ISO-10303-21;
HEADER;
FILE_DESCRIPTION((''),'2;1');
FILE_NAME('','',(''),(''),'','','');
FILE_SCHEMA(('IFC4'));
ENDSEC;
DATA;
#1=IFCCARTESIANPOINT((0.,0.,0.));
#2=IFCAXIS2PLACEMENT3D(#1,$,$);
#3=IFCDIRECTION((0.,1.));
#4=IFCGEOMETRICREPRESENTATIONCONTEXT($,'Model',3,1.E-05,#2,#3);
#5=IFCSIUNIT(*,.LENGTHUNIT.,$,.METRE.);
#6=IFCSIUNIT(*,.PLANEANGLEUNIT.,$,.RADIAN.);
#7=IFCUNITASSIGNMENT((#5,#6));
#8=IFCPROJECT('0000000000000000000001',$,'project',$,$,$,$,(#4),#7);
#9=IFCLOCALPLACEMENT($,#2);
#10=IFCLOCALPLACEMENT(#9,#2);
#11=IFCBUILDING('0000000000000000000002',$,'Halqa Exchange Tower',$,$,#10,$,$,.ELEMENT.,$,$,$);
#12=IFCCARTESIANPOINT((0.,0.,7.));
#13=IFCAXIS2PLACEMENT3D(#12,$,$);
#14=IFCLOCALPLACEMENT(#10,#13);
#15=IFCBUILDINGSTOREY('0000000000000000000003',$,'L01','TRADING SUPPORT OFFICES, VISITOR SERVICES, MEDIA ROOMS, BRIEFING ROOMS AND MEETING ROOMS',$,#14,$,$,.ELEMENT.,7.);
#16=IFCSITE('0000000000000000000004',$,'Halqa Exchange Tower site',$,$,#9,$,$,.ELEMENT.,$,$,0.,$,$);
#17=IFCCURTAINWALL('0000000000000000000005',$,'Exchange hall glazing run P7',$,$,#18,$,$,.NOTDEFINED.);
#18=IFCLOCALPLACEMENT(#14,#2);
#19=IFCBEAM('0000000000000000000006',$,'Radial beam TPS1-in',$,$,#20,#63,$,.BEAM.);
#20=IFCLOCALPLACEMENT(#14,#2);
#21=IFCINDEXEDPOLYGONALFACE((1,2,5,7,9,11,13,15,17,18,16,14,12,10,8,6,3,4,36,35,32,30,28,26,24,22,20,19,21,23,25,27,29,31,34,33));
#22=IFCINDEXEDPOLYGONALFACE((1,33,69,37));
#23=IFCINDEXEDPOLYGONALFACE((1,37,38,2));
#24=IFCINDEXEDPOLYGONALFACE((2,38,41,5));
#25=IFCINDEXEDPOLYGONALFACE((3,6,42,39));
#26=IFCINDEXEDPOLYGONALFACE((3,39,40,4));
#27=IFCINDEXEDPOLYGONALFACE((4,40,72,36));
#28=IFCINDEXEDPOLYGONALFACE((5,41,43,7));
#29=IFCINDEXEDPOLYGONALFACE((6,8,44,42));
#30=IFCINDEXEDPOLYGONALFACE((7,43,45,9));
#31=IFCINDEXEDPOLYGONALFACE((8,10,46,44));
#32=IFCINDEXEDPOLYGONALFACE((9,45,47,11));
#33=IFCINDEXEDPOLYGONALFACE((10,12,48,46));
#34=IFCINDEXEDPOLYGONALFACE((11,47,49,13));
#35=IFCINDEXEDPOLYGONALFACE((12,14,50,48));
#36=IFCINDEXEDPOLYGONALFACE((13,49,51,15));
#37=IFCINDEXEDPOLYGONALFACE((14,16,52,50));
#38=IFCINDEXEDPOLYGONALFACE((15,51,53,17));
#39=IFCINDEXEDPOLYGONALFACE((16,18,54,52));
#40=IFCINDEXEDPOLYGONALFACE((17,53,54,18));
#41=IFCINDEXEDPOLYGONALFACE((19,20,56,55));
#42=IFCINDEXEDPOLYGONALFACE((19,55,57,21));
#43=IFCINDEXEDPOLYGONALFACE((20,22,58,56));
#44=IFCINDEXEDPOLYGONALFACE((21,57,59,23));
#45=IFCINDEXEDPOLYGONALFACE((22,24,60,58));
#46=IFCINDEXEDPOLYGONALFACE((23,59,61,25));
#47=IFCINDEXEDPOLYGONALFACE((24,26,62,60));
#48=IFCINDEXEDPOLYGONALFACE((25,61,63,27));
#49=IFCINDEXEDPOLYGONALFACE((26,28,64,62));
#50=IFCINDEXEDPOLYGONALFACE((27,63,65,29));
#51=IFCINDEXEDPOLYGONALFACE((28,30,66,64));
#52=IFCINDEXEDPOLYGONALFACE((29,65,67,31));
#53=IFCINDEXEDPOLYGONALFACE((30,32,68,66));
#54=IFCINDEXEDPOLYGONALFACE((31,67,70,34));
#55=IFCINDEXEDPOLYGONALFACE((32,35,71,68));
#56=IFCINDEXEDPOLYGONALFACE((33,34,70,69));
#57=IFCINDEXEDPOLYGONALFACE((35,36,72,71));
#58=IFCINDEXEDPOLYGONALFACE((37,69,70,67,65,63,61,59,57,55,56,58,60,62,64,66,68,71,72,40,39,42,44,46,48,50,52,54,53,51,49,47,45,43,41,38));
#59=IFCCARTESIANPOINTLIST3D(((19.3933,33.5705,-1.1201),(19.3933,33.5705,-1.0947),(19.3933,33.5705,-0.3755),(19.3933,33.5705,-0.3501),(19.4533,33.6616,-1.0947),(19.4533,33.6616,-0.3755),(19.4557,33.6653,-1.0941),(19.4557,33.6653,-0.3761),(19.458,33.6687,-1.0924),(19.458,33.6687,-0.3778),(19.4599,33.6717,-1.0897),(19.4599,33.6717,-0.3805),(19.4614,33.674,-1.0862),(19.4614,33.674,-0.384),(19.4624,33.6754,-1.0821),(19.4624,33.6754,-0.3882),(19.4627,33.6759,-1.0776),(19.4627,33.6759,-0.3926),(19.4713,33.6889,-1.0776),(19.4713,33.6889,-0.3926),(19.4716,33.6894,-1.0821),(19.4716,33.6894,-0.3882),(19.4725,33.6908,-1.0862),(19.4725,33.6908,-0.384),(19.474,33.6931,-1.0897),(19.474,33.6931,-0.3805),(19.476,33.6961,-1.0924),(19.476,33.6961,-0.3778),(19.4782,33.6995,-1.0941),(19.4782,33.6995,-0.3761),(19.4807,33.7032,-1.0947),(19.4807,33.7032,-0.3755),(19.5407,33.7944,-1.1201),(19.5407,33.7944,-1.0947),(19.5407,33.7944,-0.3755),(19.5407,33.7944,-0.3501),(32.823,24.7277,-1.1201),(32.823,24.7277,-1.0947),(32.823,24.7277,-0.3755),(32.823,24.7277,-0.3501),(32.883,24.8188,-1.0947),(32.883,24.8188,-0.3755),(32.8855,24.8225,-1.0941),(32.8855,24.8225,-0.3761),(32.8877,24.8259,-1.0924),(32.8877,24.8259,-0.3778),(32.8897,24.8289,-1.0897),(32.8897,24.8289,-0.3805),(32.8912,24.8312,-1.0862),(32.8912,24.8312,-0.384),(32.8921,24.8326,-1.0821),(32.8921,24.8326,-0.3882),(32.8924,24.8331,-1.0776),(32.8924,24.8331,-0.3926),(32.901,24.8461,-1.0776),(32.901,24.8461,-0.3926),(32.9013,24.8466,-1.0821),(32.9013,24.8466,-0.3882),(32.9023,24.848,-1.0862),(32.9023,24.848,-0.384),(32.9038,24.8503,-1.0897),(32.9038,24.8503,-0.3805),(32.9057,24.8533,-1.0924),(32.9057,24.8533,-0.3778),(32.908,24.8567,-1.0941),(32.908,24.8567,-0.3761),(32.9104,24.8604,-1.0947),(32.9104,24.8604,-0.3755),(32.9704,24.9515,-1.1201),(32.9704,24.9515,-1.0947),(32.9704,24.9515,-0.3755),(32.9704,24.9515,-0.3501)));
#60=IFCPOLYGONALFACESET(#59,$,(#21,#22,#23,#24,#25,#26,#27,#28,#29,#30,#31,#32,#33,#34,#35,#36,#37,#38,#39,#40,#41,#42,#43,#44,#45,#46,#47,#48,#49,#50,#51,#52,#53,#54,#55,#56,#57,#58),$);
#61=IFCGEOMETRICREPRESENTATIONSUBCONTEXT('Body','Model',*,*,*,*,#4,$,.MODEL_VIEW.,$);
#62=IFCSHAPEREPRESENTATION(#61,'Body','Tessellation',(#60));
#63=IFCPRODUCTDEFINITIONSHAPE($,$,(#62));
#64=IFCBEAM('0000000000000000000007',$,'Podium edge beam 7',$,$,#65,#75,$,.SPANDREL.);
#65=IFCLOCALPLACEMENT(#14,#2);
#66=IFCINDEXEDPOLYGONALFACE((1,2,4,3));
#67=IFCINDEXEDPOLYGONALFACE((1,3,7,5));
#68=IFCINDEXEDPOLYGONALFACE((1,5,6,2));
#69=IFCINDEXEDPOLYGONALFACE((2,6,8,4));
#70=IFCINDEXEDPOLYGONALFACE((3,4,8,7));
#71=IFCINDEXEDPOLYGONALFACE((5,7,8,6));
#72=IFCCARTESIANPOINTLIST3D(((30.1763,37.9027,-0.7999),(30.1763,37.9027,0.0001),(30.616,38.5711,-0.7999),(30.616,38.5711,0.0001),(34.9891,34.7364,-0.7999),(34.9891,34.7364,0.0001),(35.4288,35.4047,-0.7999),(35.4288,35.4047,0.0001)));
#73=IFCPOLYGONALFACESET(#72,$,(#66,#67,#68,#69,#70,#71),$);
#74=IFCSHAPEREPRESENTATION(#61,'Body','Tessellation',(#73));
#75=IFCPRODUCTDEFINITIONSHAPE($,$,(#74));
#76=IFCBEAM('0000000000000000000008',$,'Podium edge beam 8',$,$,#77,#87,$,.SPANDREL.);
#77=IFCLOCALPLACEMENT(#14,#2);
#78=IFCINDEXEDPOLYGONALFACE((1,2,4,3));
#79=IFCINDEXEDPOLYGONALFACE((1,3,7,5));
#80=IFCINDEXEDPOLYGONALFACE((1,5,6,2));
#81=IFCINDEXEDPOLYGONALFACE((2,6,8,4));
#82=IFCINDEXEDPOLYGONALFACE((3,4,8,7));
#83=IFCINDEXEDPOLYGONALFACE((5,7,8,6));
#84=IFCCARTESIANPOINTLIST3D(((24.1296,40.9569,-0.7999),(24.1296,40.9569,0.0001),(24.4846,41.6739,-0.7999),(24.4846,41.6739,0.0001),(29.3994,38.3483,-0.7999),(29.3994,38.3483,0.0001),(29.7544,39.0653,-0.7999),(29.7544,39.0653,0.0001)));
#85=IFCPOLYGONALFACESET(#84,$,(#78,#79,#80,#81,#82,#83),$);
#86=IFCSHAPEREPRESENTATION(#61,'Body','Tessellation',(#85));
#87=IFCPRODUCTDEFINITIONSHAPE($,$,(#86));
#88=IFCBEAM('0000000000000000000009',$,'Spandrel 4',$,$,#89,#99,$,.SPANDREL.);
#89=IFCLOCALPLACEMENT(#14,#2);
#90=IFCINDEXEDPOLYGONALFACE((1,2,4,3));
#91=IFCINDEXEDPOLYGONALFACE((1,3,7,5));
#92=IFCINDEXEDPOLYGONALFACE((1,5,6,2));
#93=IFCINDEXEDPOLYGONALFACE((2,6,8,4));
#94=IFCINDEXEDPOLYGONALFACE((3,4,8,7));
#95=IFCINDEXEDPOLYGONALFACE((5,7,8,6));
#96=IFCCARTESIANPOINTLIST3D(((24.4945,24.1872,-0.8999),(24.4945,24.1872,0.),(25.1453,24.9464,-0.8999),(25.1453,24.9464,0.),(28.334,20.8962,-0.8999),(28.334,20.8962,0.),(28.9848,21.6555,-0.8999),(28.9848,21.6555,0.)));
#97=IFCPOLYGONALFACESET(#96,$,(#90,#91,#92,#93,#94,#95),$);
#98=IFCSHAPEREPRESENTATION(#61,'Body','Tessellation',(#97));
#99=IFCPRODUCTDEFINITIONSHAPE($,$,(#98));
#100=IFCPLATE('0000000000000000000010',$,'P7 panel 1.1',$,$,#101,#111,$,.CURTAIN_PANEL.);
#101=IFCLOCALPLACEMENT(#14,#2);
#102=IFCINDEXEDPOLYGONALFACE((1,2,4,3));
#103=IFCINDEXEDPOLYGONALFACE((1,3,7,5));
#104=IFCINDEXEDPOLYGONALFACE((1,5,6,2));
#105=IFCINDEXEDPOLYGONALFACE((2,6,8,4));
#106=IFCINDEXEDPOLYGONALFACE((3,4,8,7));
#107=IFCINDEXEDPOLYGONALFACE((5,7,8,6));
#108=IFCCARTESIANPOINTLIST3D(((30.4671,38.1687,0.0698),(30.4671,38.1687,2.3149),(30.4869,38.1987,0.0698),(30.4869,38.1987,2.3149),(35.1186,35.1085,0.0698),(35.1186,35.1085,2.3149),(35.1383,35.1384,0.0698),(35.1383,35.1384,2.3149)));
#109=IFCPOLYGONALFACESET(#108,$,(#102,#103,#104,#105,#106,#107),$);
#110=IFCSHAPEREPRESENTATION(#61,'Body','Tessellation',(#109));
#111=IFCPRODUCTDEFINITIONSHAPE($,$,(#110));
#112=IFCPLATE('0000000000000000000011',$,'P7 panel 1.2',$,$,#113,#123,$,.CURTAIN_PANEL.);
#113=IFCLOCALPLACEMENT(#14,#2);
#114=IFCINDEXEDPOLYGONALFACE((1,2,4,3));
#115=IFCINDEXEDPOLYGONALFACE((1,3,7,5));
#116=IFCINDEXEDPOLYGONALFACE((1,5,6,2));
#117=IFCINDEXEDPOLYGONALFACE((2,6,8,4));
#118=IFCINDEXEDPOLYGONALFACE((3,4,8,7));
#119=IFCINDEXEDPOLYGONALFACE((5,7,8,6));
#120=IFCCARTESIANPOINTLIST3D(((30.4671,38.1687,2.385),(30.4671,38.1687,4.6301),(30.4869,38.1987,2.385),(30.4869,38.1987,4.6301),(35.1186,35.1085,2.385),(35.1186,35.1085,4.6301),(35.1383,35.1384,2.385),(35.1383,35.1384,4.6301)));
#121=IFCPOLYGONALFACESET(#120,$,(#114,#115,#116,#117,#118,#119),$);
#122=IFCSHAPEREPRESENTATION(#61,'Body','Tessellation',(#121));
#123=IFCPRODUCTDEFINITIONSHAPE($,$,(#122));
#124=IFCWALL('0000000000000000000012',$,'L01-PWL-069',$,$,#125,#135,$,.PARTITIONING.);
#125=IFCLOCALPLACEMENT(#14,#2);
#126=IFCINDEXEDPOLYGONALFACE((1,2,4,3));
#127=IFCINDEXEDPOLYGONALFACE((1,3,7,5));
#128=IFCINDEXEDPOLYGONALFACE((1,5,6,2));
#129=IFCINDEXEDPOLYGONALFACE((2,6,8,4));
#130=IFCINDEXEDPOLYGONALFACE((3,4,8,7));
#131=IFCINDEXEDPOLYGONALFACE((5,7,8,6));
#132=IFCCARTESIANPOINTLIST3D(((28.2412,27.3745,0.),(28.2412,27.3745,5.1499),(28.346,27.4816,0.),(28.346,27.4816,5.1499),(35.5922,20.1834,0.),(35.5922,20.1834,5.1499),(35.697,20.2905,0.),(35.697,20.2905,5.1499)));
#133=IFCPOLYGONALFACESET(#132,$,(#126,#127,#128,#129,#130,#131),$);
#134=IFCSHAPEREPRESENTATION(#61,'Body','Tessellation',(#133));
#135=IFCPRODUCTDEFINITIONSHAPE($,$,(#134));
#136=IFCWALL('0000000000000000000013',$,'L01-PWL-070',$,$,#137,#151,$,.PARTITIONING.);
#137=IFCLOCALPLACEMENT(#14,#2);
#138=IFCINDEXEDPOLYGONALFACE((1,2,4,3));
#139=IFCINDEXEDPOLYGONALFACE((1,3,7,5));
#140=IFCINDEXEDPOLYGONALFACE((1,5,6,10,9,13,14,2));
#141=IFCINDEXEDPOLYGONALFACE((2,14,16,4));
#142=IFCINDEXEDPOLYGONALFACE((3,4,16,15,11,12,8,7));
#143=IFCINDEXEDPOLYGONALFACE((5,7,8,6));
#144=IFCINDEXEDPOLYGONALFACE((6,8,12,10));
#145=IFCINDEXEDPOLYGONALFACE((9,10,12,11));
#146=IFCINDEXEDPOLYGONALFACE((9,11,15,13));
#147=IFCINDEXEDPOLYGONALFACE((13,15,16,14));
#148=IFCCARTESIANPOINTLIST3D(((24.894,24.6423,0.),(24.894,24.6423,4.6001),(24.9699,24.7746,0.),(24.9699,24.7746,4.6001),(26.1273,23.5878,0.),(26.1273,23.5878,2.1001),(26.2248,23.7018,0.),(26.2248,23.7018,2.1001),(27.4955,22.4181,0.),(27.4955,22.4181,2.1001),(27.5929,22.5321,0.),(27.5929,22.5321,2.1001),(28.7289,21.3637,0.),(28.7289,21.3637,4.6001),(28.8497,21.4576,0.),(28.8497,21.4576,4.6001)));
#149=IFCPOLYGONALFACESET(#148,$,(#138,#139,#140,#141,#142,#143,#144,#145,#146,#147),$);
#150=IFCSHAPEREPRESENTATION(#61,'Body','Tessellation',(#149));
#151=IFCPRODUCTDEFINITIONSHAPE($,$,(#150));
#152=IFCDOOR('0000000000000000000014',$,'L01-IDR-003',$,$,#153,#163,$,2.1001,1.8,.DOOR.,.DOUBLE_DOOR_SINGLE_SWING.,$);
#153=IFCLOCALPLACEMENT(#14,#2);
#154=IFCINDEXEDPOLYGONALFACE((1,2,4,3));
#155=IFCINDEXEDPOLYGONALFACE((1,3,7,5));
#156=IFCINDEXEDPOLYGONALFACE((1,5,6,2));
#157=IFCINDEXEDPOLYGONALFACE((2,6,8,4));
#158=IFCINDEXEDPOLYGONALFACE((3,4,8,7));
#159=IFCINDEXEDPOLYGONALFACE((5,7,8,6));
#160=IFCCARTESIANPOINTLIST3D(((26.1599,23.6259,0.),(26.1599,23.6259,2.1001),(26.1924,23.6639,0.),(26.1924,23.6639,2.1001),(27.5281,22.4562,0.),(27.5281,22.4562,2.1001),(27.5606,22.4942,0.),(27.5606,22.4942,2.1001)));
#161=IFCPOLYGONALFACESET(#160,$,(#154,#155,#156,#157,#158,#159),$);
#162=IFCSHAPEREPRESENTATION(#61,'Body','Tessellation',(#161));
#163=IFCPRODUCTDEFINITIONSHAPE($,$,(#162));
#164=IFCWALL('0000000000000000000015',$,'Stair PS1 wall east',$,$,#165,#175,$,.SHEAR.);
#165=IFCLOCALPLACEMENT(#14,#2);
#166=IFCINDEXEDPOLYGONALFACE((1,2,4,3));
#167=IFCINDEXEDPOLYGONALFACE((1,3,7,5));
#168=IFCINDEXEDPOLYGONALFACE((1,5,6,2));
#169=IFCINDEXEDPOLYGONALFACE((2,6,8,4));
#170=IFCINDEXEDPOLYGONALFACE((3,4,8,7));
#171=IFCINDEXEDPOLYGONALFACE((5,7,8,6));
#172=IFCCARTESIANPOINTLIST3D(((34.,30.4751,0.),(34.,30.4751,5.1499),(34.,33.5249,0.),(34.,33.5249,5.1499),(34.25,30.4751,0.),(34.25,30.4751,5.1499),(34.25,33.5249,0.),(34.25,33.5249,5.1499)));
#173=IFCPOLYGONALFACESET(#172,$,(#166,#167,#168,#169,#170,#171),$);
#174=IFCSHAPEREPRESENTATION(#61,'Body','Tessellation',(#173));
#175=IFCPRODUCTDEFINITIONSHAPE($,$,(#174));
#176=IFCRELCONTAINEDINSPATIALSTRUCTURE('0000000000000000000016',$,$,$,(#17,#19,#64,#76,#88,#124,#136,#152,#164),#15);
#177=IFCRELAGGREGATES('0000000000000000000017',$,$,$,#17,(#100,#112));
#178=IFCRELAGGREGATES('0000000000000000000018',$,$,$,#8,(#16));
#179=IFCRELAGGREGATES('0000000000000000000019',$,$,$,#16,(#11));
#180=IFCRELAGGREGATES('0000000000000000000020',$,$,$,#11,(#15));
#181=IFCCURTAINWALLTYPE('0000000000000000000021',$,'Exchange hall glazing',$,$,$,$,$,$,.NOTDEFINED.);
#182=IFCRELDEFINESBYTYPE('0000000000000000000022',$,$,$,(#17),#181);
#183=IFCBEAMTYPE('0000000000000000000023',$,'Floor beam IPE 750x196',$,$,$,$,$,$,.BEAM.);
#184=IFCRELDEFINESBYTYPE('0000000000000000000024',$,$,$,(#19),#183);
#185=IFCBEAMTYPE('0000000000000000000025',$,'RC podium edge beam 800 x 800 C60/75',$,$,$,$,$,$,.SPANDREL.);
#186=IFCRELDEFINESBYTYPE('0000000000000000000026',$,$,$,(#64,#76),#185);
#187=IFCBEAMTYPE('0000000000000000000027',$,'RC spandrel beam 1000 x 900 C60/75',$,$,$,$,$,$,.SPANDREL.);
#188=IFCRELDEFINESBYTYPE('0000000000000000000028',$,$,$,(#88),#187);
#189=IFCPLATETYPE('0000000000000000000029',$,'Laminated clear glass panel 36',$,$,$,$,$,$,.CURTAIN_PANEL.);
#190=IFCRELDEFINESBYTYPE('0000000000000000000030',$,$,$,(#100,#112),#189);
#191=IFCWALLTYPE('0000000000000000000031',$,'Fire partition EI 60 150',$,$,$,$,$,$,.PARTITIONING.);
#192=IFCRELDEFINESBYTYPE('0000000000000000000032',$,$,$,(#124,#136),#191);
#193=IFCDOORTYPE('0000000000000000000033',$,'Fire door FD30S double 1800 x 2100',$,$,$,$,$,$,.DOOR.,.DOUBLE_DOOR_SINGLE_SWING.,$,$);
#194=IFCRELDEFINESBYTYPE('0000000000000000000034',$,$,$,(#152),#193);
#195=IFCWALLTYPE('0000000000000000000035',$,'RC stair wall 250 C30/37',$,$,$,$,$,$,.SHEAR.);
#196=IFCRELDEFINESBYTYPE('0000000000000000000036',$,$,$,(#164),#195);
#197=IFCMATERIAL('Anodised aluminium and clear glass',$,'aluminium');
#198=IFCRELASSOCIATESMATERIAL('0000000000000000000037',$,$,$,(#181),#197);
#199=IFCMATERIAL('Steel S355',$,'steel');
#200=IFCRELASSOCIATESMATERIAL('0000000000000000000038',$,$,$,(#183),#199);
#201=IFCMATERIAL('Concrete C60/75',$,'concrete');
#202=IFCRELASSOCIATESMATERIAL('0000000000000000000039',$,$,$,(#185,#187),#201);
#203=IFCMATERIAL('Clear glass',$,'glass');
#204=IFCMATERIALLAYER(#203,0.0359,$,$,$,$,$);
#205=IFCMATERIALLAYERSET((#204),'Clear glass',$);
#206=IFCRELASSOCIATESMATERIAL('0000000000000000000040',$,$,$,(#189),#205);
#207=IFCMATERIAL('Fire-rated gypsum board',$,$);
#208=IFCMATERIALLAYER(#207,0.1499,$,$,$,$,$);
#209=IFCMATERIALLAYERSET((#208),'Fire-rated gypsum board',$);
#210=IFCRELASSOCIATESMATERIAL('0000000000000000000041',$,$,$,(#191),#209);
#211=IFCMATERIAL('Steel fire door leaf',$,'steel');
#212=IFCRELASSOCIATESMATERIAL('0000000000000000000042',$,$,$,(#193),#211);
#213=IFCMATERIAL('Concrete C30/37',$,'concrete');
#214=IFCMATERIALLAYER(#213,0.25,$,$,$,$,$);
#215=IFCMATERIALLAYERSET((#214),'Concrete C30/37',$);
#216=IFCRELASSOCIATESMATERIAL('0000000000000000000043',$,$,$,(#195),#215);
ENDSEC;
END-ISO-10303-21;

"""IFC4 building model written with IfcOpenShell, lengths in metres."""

from ifc_helpers import new_model, si_unit, direction, frame, frame_2d, origin, origin_2d, place, context, subcontext, project, spatial, polyline, rectangle, i_section, outline, extrude, material, layer, layer_set, material_profile, profile_set, type_object, element, fill, aggregate, save


model = new_model("IFC4")

# Units and contexts
model_context = context("Model", 3, precision=1e-05, world=origin(), true_north=direction((0.0, 1.0)))
body_context = subcontext(model_context, "Body", "Model", "MODEL_VIEW")
ifc_project = project(units=[si_unit("LENGTHUNIT", "METRE"), si_unit("PLANEANGLEUNIT", "RADIAN")], contexts=[model_context])

# Site, building, storey
site_placement = place(None, origin())
site = spatial("IfcSite", under=ifc_project, at=site_placement, Name="Halqa Exchange Tower site", CompositionType="ELEMENT", RefElevation=0.0)
building_placement = place(site_placement, origin())
building = spatial("IfcBuilding", under=site, at=building_placement, Name="Halqa Exchange Tower", CompositionType="ELEMENT")
storey_placement = place(building_placement, frame((0.0, 0.0, 7.0)))
storey = spatial("IfcBuildingStorey", under=building, at=storey_placement, Name="L01", Description="TRADING SUPPORT OFFICES, VISITOR SERVICES, MEDIA ROOMS, BRIEFING ROOMS AND MEETING ROOMS", CompositionType="ELEMENT", Elevation=7.0)

# Shared definitions
ifc_material_1 = material(Name="Concrete C60/75", Category="concrete")

# Curtain wall
ifc_material_2 = material(Name="Anodised aluminium and clear glass", Category="aluminium")
curtain_wall_type = type_object("IfcCurtainWallType", Name="Exchange hall glazing", PredefinedType="NOTDEFINED", material=ifc_material_2)
curtain_wall_1_placement = place(storey_placement, origin())
curtain_wall_1 = element("IfcCurtainWall", 1, at=curtain_wall_1_placement, inside=storey, type_object=curtain_wall_type, Name="Exchange hall glazing run P7", PredefinedType="NOTDEFINED")

# Beams
ifc_material_3 = material(Name="Steel S355", Category="steel")
ifc_material_profile_1 = material_profile(ifc_material_3, i_section(OverallWidth=0.2681, OverallDepth=0.77, WebThickness=0.0156, FlangeThickness=0.0254, FilletRadius=0.0171, at=origin_2d()), Name="IPE 750x196")
ifc_profile_set_1 = profile_set([ifc_material_profile_1], Name="Steel S355")
beam_type_1 = type_object("IfcBeamType", Name="Floor beam IPE 750x196", PredefinedType="BEAM", material=ifc_profile_set_1)
beam_1_placement = place(storey_placement, frame((32.8967, 24.8396, -0.7351), z_axis=(-0.835204, 0.54994, 0.0), x_axis=(-0.54994, -0.835204, 0.0)))
element("IfcBeam", 2, at=beam_1_placement, inside=storey, type_object=beam_type_1, Name="Radial beam TPS1-in", PredefinedType="BEAM", context=body_context, shape_type="SweptSolid", body=[
    extrude(i_section(OverallWidth=0.2681, OverallDepth=0.77, WebThickness=0.0156, FlangeThickness=0.0254, FilletRadius=0.0171, at=origin_2d()), origin(), (0.0, 0.0, 1.0), 16.0796),
])
ifc_material_profile_2 = material_profile(ifc_material_1, rectangle(XDim=0.8, YDim=0.8, at=origin_2d()), Name="800 x 800")
ifc_profile_set_2 = profile_set([ifc_material_profile_2], Name="Concrete C60/75")
beam_type_2 = type_object("IfcBeamType", Name="RC podium edge beam 800 x 800 C60/75", PredefinedType="SPANDREL", material=ifc_profile_set_2)
beam_2_placement = place(storey_placement, frame((35.209, 35.0706, -0.3999), z_axis=(-0.835419, 0.549614, 0.0), x_axis=(-0.549614, -0.835419, 0.0)))
element("IfcBeam", 3, at=beam_2_placement, inside=storey, type_object=beam_type_2, Name="Podium edge beam 7", PredefinedType="SPANDREL", context=body_context, shape_type="SweptSolid", body=[
    extrude(rectangle(XDim=0.8, YDim=0.8, at=origin_2d()), origin(), (0.0, 0.0, 1.0), 5.761),
])
beam_3_placement = place(storey_placement, frame((29.5769, 38.7068, -0.3999), z_axis=(-0.896205, 0.443639, 0.0), x_axis=(-0.443639, -0.896205, 0.0)))
element("IfcBeam", 4, at=beam_3_placement, inside=storey, type_object=beam_type_2, Name="Podium edge beam 8", PredefinedType="SPANDREL", context=body_context, shape_type="SweptSolid", body=[
    extrude(rectangle(XDim=0.8, YDim=0.8, at=origin_2d()), origin(), (0.0, 0.0, 1.0), 5.8801),
])
ifc_material_profile_3 = material_profile(ifc_material_1, rectangle(XDim=1.0, YDim=0.8999, at=origin_2d()), Name="1000 x 900")
ifc_profile_set_3 = profile_set([ifc_material_profile_3], Name="Concrete C60/75")
beam_type_3 = type_object("IfcBeamType", Name="RC spandrel beam 1000 x 900 C60/75", PredefinedType="SPANDREL", material=ifc_profile_set_3)
beam_4_placement = place(storey_placement, frame((28.6594, 21.2759, -0.45), z_axis=(-0.759263, 0.650783, 0.0), x_axis=(-0.650783, -0.759263, 0.0)))
element("IfcBeam", 5, at=beam_4_placement, inside=storey, type_object=beam_type_3, Name="Spandrel 4", PredefinedType="SPANDREL", context=body_context, shape_type="SweptSolid", body=[
    extrude(rectangle(XDim=1.0, YDim=0.8999, at=origin_2d()), origin(), (0.0, 0.0, 1.0), 5.0569),
])

# Plates
ifc_material_4 = material(Name="Clear glass", Category="glass")
ifc_layer_1 = layer(ifc_material_4, 0.0359)
ifc_layer_set_1 = layer_set([ifc_layer_1], Name="Clear glass")
plate_type = type_object("IfcPlateType", Name="Laminated clear glass panel 36", PredefinedType="CURTAIN_PANEL", material=ifc_layer_set_1)
plate_1_placement = place(storey_placement, frame((32.8027, 36.6536, 0.0698), z_axis=(0.0, 0.0, 1.0), x_axis=(-0.835415, 0.54962, 0.0)))
plate_1 = element("IfcPlate", 6, at=plate_1_placement, type_object=plate_type, Name="P7 panel 1.1", PredefinedType="CURTAIN_PANEL", context=body_context, shape_type="SweptSolid", body=[
    extrude(rectangle(XDim=5.5679, YDim=0.0359, at=origin_2d()), origin(), (0.0, 0.0, 1.0), 2.2451),
])
plate_2_placement = place(storey_placement, frame((32.8027, 36.6536, 2.385), z_axis=(0.0, 0.0, 1.0), x_axis=(-0.835415, 0.54962, 0.0)))
plate_2 = element("IfcPlate", 7, at=plate_2_placement, type_object=plate_type, Name="P7 panel 1.2", PredefinedType="CURTAIN_PANEL", context=body_context, shape_type="SweptSolid", body=[
    extrude(rectangle(XDim=5.5679, YDim=0.0359, at=origin_2d()), origin(), (0.0, 0.0, 1.0), 2.2451),
])
aggregate(curtain_wall_1, [plate_1, plate_2])

# Wall
ifc_material_5 = material(Name="Fire-rated gypsum board")
ifc_layer_2 = layer(ifc_material_5, 0.1499)
ifc_layer_set_2 = layer_set([ifc_layer_2], Name="Fire-rated gypsum board")
wall_type_1 = type_object("IfcWallType", Name="Fire partition EI 60 150", PredefinedType="PARTITIONING", material=ifc_layer_set_2)
wall_1_placement = place(storey_placement, frame((28.2937, 27.428, 0.0), z_axis=(0.0, 0.0, 1.0), x_axis=(0.714839, -0.699289, 0.0)))
element("IfcWall", 8, at=wall_1_placement, inside=storey, type_object=wall_type_1, Name="L01-PWL-069", PredefinedType="PARTITIONING", context=body_context, shape_type="SweptSolid", body=[
    extrude(rectangle(XDim=10.2834, YDim=0.1499, at=frame_2d((5.1416, 0.0))), origin(), (0.0, 0.0, 1.0), 5.1499),
])

# Wall, opening, door
wall_2_placement = place(storey_placement, frame((28.7893, 21.4106, 0.0), z_axis=(0.0, 0.0, 1.0), x_axis=(-0.760085, 0.649824, 0.0)))
wall_2 = element("IfcWall", 9, at=wall_2_placement, inside=storey, type_object=wall_type_1, Name="L01-PWL-070", PredefinedType="PARTITIONING", context=body_context, shape_type="SweptSolid", body=[
    extrude(outline(polyline([(-0.0154, -0.075), (5.0891, -0.075), (5.0608, 0.075), (0.0154, 0.075), (-0.0154, -0.075)])), origin(), (0.0, 0.0, 1.0), 4.6001),
])
opening_placement = place(wall_2_placement, frame((1.6382, 0.0, 0.0)))
opening = element("IfcOpeningElement", 10, at=opening_placement, cuts=wall_2, PredefinedType="OPENING", context=body_context, shape_type="SweptSolid", body=[
    extrude(rectangle(XDim=1.8, YDim=2.1001, at=frame_2d((0.8999, 1.05))), frame((0.0, 0.0869, 0.0), z_axis=(0.0, -1.0, 0.0), x_axis=(1.0, 0.0, 0.0)), (0.0, 0.0, 1.0), 0.1738),
])
ifc_material_6 = material(Name="Steel fire door leaf", Category="steel")
door_type = type_object("IfcDoorType", Name="Fire door FD30S double 1800 x 2100", OperationType="DOUBLE_DOOR_SINGLE_SWING", PredefinedType="DOOR", material=ifc_material_6)
door_placement = place(opening_placement, origin())
door = element("IfcDoor", 11, at=door_placement, inside=storey, type_object=door_type, Name="L01-IDR-003", OperationType="DOUBLE_DOOR_SINGLE_SWING", OverallHeight=2.1001, OverallWidth=1.8, PredefinedType="DOOR", context=body_context, shape_type="SweptSolid", body=[
    extrude(rectangle(XDim=1.8, YDim=2.1001, at=frame_2d((0.8999, 1.05))), frame((0.0, 0.0249, 0.0), z_axis=(0.0, -1.0, 0.0), x_axis=(1.0, 0.0, 0.0)), (0.0, 0.0, 1.0), 0.05),
])
fill(opening, door)

# Wall
ifc_material_7 = material(Name="Concrete C30/37", Category="concrete")
ifc_layer_3 = layer(ifc_material_7, 0.25)
ifc_layer_set_3 = layer_set([ifc_layer_3], Name="Concrete C30/37")
wall_type_2 = type_object("IfcWallType", Name="RC stair wall 250 C30/37", PredefinedType="SHEAR", material=ifc_layer_set_3)
wall_3_placement = place(storey_placement, frame((34.125, 30.4751, 0.0), z_axis=(0.0, 0.0, 1.0), x_axis=(0.0, 1.0, 0.0)))
element("IfcWall", 12, at=wall_3_placement, inside=storey, type_object=wall_type_2, Name="Stair PS1 wall east", PredefinedType="SHEAR", context=body_context, shape_type="SweptSolid", body=[
    extrude(rectangle(XDim=3.0498, YDim=0.25, at=frame_2d((1.5249, 0.0))), origin(), (0.0, 0.0, 1.0), 5.1499),
])

save(model, "model.ifc")
